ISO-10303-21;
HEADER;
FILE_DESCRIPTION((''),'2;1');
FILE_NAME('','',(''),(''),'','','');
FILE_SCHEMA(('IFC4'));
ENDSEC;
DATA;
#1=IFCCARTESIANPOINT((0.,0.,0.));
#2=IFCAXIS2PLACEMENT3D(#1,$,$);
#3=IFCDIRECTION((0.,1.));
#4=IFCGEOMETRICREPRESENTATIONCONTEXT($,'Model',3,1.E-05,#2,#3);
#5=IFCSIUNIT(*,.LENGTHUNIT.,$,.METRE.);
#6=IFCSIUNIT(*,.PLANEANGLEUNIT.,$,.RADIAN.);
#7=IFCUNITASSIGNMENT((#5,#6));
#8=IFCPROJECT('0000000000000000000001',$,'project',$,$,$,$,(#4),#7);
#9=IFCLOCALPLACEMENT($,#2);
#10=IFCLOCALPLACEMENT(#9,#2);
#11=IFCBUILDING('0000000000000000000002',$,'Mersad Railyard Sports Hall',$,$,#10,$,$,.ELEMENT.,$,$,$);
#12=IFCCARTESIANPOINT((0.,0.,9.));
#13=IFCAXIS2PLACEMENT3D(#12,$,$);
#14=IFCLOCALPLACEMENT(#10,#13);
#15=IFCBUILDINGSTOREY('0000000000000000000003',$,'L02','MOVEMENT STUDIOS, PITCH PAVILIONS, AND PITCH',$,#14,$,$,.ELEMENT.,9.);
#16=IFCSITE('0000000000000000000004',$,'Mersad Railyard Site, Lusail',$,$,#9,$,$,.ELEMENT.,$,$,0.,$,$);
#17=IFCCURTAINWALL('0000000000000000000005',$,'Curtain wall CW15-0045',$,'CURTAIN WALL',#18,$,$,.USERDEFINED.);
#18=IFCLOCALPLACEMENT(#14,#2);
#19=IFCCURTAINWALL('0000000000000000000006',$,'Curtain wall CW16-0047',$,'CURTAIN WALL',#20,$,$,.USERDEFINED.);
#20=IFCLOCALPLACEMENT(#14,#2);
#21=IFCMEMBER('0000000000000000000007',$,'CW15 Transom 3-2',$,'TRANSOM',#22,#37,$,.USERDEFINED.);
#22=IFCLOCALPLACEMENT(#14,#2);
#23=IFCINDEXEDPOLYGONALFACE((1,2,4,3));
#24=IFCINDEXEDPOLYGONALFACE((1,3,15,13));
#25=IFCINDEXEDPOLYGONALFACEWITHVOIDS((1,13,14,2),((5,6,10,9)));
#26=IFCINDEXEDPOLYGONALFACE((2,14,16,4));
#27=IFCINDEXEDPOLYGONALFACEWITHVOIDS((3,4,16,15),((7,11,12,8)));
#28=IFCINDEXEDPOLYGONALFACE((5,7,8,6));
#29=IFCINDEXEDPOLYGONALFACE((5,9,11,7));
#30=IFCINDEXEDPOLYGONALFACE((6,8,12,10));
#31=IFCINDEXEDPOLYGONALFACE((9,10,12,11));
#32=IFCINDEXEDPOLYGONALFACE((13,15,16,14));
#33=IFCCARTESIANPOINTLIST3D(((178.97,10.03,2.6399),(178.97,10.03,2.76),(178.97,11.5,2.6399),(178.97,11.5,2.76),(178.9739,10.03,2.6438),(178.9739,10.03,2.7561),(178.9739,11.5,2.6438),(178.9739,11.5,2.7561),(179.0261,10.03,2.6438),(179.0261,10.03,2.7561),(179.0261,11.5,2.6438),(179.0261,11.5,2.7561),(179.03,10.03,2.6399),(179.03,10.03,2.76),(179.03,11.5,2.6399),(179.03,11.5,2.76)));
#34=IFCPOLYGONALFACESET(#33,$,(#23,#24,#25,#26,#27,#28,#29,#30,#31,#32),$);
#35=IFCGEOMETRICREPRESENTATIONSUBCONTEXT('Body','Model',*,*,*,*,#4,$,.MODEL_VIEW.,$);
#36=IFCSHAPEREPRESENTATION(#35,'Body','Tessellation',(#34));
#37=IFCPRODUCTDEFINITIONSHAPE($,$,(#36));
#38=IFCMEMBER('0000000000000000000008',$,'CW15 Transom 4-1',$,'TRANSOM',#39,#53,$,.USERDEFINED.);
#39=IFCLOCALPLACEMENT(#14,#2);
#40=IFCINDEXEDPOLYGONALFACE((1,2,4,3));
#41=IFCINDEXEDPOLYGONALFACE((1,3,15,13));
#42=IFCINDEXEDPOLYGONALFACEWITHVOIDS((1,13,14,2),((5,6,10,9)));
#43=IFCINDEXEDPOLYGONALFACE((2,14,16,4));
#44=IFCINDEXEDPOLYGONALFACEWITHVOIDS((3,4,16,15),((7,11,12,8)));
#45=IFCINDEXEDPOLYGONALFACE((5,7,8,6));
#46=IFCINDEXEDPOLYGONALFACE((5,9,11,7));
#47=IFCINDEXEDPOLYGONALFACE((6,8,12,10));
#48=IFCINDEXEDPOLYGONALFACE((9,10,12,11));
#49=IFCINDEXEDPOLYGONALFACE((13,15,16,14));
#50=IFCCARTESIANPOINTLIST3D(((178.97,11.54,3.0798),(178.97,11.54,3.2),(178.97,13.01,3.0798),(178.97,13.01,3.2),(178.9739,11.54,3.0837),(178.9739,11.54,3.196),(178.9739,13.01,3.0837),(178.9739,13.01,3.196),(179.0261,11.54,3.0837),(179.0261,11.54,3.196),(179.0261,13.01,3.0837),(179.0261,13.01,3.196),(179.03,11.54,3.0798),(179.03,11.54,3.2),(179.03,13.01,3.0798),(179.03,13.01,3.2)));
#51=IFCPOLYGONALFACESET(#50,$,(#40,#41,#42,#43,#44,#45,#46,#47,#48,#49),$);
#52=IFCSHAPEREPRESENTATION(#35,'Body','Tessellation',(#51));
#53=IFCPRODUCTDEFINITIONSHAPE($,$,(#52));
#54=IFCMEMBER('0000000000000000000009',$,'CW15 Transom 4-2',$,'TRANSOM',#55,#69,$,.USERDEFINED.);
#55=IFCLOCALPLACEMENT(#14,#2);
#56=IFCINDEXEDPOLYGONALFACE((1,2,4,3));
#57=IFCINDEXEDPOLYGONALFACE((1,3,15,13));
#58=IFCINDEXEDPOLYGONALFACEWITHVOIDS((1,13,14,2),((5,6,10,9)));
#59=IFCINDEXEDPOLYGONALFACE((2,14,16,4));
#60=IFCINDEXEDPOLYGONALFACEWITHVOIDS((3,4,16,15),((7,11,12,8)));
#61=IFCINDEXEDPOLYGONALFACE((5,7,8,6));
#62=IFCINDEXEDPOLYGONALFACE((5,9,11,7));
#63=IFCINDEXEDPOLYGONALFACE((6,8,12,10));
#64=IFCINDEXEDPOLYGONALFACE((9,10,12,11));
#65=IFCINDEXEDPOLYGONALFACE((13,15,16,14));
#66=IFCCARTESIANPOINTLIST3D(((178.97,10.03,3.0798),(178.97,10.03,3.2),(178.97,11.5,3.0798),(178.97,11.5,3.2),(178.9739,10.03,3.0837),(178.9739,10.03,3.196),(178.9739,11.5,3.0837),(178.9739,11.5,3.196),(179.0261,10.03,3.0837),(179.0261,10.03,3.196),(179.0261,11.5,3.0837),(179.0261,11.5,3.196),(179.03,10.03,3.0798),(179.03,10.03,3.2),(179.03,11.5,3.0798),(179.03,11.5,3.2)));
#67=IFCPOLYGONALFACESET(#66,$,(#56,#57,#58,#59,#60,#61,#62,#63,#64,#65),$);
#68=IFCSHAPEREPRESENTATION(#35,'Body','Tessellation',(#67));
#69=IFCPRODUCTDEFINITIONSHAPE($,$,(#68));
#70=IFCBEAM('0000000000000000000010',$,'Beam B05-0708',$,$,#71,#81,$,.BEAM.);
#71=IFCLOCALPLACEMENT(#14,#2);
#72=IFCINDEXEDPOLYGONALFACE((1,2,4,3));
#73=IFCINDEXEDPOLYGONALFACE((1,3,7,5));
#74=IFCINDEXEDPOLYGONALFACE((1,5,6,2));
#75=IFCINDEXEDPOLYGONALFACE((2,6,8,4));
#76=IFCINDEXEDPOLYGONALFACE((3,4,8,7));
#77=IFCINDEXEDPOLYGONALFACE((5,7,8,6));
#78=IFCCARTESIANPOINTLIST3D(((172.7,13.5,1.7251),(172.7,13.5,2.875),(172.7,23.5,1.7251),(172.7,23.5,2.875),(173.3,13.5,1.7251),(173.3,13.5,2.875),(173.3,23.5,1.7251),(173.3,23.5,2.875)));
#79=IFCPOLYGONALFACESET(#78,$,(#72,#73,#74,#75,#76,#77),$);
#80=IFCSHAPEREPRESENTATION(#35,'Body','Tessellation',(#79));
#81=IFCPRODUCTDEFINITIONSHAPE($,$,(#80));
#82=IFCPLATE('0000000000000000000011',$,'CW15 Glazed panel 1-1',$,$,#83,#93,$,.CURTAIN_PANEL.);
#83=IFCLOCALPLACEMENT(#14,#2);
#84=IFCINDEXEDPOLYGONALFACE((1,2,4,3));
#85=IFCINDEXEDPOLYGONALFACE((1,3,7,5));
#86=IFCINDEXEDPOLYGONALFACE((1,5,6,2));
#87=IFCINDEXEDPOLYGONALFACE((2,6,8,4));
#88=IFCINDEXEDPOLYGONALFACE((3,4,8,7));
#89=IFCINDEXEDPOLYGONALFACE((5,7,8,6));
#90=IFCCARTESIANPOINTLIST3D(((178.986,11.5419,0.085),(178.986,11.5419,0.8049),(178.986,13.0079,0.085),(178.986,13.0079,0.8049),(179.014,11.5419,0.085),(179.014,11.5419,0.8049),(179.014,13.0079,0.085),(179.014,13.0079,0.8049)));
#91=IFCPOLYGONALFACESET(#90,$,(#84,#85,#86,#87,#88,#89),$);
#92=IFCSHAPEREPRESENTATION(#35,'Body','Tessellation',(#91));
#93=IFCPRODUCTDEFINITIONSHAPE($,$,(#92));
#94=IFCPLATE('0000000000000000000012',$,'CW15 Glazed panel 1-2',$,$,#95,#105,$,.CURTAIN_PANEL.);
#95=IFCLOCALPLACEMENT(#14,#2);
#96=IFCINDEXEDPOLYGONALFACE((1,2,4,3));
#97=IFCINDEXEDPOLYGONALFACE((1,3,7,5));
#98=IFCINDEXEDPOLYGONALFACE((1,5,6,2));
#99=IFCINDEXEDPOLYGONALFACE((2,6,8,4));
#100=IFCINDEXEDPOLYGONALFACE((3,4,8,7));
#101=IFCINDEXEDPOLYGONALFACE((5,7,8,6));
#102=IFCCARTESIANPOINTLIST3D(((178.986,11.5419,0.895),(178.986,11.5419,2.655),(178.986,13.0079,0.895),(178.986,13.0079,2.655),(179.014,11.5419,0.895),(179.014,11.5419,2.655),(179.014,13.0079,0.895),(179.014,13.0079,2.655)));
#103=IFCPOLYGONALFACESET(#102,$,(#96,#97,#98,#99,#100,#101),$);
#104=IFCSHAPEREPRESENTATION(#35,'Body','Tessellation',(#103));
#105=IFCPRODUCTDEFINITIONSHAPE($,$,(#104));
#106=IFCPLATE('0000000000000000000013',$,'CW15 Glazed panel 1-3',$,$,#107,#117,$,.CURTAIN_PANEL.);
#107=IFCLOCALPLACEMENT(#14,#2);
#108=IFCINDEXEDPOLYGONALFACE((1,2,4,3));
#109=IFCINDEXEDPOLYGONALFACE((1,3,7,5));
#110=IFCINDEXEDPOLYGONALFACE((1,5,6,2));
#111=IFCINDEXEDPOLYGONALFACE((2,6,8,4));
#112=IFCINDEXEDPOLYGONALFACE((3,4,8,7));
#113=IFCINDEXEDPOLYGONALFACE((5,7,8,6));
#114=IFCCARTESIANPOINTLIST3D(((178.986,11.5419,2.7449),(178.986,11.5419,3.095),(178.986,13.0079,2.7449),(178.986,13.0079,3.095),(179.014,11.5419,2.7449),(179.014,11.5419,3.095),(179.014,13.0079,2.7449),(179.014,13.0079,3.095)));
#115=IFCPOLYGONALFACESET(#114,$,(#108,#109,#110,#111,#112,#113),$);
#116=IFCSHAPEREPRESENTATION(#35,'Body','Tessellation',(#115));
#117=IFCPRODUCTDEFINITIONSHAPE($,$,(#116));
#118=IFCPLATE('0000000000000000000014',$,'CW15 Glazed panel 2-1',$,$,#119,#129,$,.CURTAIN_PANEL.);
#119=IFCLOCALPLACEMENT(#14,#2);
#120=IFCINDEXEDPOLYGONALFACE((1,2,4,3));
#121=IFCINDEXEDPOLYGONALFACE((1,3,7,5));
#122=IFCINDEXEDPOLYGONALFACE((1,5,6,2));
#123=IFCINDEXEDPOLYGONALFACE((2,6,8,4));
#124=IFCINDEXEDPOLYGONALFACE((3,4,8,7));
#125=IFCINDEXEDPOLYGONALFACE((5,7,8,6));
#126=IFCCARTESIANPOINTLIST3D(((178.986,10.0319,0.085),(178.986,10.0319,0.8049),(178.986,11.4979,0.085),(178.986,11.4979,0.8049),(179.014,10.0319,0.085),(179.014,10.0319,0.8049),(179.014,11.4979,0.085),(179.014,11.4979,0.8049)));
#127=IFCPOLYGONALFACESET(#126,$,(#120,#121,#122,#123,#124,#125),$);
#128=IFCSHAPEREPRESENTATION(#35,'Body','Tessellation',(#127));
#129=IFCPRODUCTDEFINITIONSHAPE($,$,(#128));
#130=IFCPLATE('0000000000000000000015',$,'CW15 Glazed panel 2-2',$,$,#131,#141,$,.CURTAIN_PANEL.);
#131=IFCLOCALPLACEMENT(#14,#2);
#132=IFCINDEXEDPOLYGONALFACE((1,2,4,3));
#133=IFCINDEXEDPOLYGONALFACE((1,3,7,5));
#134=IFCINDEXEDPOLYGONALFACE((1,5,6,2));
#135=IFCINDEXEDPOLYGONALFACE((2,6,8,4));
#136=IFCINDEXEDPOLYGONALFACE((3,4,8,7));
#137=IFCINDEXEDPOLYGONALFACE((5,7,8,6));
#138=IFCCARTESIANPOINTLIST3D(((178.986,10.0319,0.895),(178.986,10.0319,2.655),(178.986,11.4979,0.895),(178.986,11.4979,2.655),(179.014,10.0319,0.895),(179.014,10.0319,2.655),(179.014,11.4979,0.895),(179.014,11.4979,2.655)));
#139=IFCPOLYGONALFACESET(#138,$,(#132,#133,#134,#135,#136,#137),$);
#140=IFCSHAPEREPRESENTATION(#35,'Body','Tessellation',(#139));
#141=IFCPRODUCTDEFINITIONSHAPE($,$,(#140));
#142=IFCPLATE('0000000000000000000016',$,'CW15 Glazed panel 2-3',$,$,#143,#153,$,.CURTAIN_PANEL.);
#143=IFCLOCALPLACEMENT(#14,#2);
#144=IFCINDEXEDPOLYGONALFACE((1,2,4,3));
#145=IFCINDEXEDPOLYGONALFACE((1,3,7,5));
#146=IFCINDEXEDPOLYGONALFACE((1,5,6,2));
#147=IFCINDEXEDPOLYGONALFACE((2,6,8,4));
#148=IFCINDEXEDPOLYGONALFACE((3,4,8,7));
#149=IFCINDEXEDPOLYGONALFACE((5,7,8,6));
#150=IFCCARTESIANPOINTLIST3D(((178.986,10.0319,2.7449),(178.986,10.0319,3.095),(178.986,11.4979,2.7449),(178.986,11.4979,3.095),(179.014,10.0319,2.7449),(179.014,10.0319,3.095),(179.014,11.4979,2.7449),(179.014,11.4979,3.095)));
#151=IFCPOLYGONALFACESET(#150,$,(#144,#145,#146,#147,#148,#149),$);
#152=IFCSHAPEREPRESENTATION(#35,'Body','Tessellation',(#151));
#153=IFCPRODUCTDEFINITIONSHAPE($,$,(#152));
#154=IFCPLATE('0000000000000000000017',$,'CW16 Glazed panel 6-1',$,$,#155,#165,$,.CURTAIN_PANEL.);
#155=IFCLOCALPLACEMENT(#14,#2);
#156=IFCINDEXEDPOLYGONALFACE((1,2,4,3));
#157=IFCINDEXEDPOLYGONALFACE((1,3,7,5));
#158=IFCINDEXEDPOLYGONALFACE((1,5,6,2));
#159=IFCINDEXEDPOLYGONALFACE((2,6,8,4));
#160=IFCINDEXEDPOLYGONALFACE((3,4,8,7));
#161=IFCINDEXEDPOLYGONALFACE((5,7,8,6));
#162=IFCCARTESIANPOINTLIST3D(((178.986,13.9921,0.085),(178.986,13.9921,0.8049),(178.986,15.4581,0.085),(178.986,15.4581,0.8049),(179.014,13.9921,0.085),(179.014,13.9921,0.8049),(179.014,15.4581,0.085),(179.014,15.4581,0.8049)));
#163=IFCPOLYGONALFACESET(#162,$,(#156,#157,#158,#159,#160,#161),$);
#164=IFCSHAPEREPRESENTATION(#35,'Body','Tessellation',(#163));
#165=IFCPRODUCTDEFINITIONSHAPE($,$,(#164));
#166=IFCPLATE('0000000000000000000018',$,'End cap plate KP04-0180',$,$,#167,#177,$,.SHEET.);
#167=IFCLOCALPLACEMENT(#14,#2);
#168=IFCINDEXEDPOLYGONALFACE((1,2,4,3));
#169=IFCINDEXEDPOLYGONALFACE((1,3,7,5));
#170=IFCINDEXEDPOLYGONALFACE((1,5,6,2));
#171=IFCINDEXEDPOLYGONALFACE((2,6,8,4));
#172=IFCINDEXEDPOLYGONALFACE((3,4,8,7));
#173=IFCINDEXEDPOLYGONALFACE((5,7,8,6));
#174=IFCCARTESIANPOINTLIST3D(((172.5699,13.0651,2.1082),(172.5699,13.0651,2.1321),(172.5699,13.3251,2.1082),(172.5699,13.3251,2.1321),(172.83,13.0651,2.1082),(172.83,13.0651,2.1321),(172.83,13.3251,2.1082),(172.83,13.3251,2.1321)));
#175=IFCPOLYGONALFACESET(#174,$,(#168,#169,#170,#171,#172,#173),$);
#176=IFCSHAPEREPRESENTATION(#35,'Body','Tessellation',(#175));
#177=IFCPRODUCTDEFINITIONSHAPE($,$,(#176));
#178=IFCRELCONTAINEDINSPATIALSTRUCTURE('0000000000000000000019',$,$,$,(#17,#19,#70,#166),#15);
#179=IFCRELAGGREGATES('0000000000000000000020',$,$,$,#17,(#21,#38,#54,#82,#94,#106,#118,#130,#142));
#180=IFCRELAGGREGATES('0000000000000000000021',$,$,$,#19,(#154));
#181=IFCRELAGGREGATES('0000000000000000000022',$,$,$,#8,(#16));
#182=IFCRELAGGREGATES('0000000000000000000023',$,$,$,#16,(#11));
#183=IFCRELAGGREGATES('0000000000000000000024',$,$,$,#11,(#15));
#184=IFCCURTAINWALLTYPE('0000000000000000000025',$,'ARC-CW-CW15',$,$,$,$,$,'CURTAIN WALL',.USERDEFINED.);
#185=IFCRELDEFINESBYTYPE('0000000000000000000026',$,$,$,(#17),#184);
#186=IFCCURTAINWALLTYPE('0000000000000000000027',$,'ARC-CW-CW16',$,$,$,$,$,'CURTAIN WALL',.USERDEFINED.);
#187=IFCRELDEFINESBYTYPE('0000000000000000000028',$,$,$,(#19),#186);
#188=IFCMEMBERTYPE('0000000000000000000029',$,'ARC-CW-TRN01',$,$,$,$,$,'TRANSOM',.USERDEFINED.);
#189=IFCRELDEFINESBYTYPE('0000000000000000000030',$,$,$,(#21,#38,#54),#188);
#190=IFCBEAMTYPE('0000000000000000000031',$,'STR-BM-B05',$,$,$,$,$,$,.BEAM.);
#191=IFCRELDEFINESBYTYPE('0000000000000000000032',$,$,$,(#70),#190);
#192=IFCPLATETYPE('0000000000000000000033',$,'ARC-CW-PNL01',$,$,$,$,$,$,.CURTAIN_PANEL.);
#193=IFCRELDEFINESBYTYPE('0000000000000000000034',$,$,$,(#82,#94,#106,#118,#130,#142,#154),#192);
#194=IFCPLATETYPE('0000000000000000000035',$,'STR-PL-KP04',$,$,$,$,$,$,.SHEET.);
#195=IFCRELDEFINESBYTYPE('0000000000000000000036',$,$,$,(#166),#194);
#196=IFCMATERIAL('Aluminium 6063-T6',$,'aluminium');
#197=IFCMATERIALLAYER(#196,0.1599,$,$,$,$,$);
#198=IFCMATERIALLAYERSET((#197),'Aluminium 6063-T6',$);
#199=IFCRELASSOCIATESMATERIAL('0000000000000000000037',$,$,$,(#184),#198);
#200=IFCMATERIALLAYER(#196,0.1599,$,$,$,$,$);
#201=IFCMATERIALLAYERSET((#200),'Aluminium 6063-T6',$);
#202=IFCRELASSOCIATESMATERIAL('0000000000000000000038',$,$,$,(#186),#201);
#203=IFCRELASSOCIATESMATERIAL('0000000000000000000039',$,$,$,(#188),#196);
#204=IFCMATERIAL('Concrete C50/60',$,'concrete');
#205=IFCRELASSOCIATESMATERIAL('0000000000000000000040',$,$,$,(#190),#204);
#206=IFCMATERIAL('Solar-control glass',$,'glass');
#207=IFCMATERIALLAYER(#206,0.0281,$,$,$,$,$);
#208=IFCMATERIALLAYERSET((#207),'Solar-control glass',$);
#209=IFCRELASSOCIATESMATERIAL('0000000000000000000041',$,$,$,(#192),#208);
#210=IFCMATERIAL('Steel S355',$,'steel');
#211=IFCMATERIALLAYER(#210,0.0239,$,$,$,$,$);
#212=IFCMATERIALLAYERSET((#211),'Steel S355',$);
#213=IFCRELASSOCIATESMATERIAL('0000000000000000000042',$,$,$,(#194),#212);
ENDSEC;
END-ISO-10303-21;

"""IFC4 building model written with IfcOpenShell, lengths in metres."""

from ifc_helpers import new_model, si_unit, direction, frame, origin, origin_2d, place, context, subcontext, project, spatial, rectangle, hollow_rectangle, extrude, material, layer, layer_set, material_profile, profile_set, type_object, element, aggregate, save


model = new_model("IFC4")

# Units and contexts
model_context = context("Model", 3, precision=1e-05, world=origin(), true_north=direction((0.0, 1.0)))
body_context = subcontext(model_context, "Body", "Model", "MODEL_VIEW")
ifc_project = project(units=[si_unit("LENGTHUNIT", "METRE"), si_unit("PLANEANGLEUNIT", "RADIAN")], contexts=[model_context])

# Site, building, storey
site_placement = place(None, origin())
site = spatial("IfcSite", under=ifc_project, at=site_placement, Name="Mersad Railyard Site, Lusail", CompositionType="ELEMENT", RefElevation=0.0)
building_placement = place(site_placement, origin())
building = spatial("IfcBuilding", under=site, at=building_placement, Name="Mersad Railyard Sports Hall", CompositionType="ELEMENT")
storey_placement = place(building_placement, frame((0.0, 0.0, 9.0)))
storey = spatial("IfcBuildingStorey", under=building, at=storey_placement, Name="L02", Description="MOVEMENT STUDIOS, PITCH PAVILIONS, AND PITCH", CompositionType="ELEMENT", Elevation=9.0)

# Shared definitions
ifc_material_1 = material(Name="Concrete C50/60", Category="concrete")

# Curtain wall
ifc_material_2 = material(Name="Aluminium 6063-T6", Category="aluminium")
ifc_layer_1 = layer(ifc_material_2, 0.1599)
ifc_layer_set_1 = layer_set([ifc_layer_1], Name="Aluminium 6063-T6")
curtain_wall_type_1 = type_object("IfcCurtainWallType", Name="ARC-CW-CW15", ElementType="CURTAIN WALL", PredefinedType="USERDEFINED", material=ifc_layer_set_1)
curtain_wall_1_placement = place(storey_placement, origin())
curtain_wall_1 = element("IfcCurtainWall", 1, at=curtain_wall_1_placement, inside=storey, type_object=curtain_wall_type_1, Name="Curtain wall CW15-0045", ObjectType="CURTAIN WALL", PredefinedType="USERDEFINED")

# Curtain wall
ifc_layer_2 = layer(ifc_material_2, 0.1599)
ifc_layer_set_2 = layer_set([ifc_layer_2], Name="Aluminium 6063-T6")
curtain_wall_type_2 = type_object("IfcCurtainWallType", Name="ARC-CW-CW16", ElementType="CURTAIN WALL", PredefinedType="USERDEFINED", material=ifc_layer_set_2)
curtain_wall_2_placement = place(storey_placement, origin())
curtain_wall_2 = element("IfcCurtainWall", 2, at=curtain_wall_2_placement, inside=storey, type_object=curtain_wall_type_2, Name="Curtain wall CW16-0047", ObjectType="CURTAIN WALL", PredefinedType="USERDEFINED")

# Members
ifc_material_profile_1 = material_profile(ifc_material_2, hollow_rectangle(XDim=0.0601, YDim=0.1201, WallThickness=0.0039, at=origin_2d()), Name="AL TRANSOM 60x120x4")
ifc_profile_set_1 = profile_set([ifc_material_profile_1], Name="Aluminium 6063-T6")
member_type_1 = type_object("IfcMemberType", Name="ARC-CW-TRN01", ElementType="TRANSOM", PredefinedType="USERDEFINED", material=ifc_profile_set_1)
member_1_placement = place(storey_placement, frame((179.0, 11.5, 2.7), z_axis=(0.0, -1.0, 0.0), x_axis=(1.0, 0.0, 0.0)))
member_1 = element("IfcMember", 3, at=member_1_placement, type_object=member_type_1, Name="CW15 Transom 3-2", ObjectType="TRANSOM", PredefinedType="USERDEFINED", context=body_context, shape_type="SweptSolid", body=[
    extrude(hollow_rectangle(XDim=0.0601, YDim=0.1201, WallThickness=0.0039, at=origin_2d()), origin(), (0.0, 0.0, 1.0), 1.47),
])
member_2_placement = place(storey_placement, frame((179.0, 13.01, 3.1399), z_axis=(0.0, -1.0, 0.0), x_axis=(1.0, 0.0, 0.0)))
member_2 = element("IfcMember", 4, at=member_2_placement, type_object=member_type_1, Name="CW15 Transom 4-1", ObjectType="TRANSOM", PredefinedType="USERDEFINED", context=body_context, shape_type="SweptSolid", body=[
    extrude(hollow_rectangle(XDim=0.0601, YDim=0.1201, WallThickness=0.0039, at=origin_2d()), origin(), (0.0, 0.0, 1.0), 1.47),
])
member_3_placement = place(storey_placement, frame((179.0, 11.5, 3.1399), z_axis=(0.0, -1.0, 0.0), x_axis=(1.0, 0.0, 0.0)))
member_3 = element("IfcMember", 5, at=member_3_placement, type_object=member_type_1, Name="CW15 Transom 4-2", ObjectType="TRANSOM", PredefinedType="USERDEFINED", context=body_context, shape_type="SweptSolid", body=[
    extrude(hollow_rectangle(XDim=0.0601, YDim=0.1201, WallThickness=0.0039, at=origin_2d()), origin(), (0.0, 0.0, 1.0), 1.47),
])

# Beam
ifc_material_profile_2 = material_profile(ifc_material_1, rectangle(XDim=0.6001, YDim=1.1499, at=origin_2d()), Name="RC 600x1150")
ifc_profile_set_2 = profile_set([ifc_material_profile_2], Name="Concrete C50/60")
beam_type = type_object("IfcBeamType", Name="STR-BM-B05", PredefinedType="BEAM", material=ifc_profile_set_2)
beam_placement = place(storey_placement, frame((173.0, 13.5, 2.3), z_axis=(0.0, 1.0, 0.0), x_axis=(-1.0, 0.0, 0.0)))
element("IfcBeam", 6, at=beam_placement, inside=storey, type_object=beam_type, Name="Beam B05-0708", PredefinedType="BEAM", context=body_context, shape_type="SweptSolid", body=[
    extrude(rectangle(XDim=0.6001, YDim=1.1499, at=origin_2d()), origin(), (0.0, 0.0, 1.0), 10.0),
])

# Plates
ifc_material_3 = material(Name="Solar-control glass", Category="glass")
ifc_layer_3 = layer(ifc_material_3, 0.0281)
ifc_layer_set_3 = layer_set([ifc_layer_3], Name="Solar-control glass")
plate_type_1 = type_object("IfcPlateType", Name="ARC-CW-PNL01", PredefinedType="CURTAIN_PANEL", material=ifc_layer_set_3)
plate_1_placement = place(storey_placement, frame((179.0, 12.2749, 0.085), z_axis=(0.0, 0.0, 1.0), x_axis=(0.0, -1.0, 0.0)))
plate_1 = element("IfcPlate", 7, at=plate_1_placement, type_object=plate_type_1, Name="CW15 Glazed panel 1-1", PredefinedType="CURTAIN_PANEL", context=body_context, shape_type="SweptSolid", body=[
    extrude(rectangle(XDim=1.4661, YDim=0.0281, at=origin_2d()), origin(), (0.0, 0.0, 1.0), 0.72),
])
plate_2_placement = place(storey_placement, frame((179.0, 12.2749, 0.895), z_axis=(0.0, 0.0, 1.0), x_axis=(0.0, -1.0, 0.0)))
plate_2 = element("IfcPlate", 8, at=plate_2_placement, type_object=plate_type_1, Name="CW15 Glazed panel 1-2", PredefinedType="CURTAIN_PANEL", context=body_context, shape_type="SweptSolid", body=[
    extrude(rectangle(XDim=1.4661, YDim=0.0281, at=origin_2d()), origin(), (0.0, 0.0, 1.0), 1.76),
])
plate_3_placement = place(storey_placement, frame((179.0, 12.2749, 2.7449), z_axis=(0.0, 0.0, 1.0), x_axis=(0.0, -1.0, 0.0)))
plate_3 = element("IfcPlate", 9, at=plate_3_placement, type_object=plate_type_1, Name="CW15 Glazed panel 1-3", PredefinedType="CURTAIN_PANEL", context=body_context, shape_type="SweptSolid", body=[
    extrude(rectangle(XDim=1.4661, YDim=0.0281, at=origin_2d()), origin(), (0.0, 0.0, 1.0), 0.3501),
])
plate_4_placement = place(storey_placement, frame((179.0, 10.7649, 0.085), z_axis=(0.0, 0.0, 1.0), x_axis=(0.0, -1.0, 0.0)))
plate_4 = element("IfcPlate", 10, at=plate_4_placement, type_object=plate_type_1, Name="CW15 Glazed panel 2-1", PredefinedType="CURTAIN_PANEL", context=body_context, shape_type="SweptSolid", body=[
    extrude(rectangle(XDim=1.4661, YDim=0.0281, at=origin_2d()), origin(), (0.0, 0.0, 1.0), 0.72),
])
plate_5_placement = place(storey_placement, frame((179.0, 10.7649, 0.895), z_axis=(0.0, 0.0, 1.0), x_axis=(0.0, -1.0, 0.0)))
plate_5 = element("IfcPlate", 11, at=plate_5_placement, type_object=plate_type_1, Name="CW15 Glazed panel 2-2", PredefinedType="CURTAIN_PANEL", context=body_context, shape_type="SweptSolid", body=[
    extrude(rectangle(XDim=1.4661, YDim=0.0281, at=origin_2d()), origin(), (0.0, 0.0, 1.0), 1.76),
])
plate_6_placement = place(storey_placement, frame((179.0, 10.7649, 2.7449), z_axis=(0.0, 0.0, 1.0), x_axis=(0.0, -1.0, 0.0)))
plate_6 = element("IfcPlate", 12, at=plate_6_placement, type_object=plate_type_1, Name="CW15 Glazed panel 2-3", PredefinedType="CURTAIN_PANEL", context=body_context, shape_type="SweptSolid", body=[
    extrude(rectangle(XDim=1.4661, YDim=0.0281, at=origin_2d()), origin(), (0.0, 0.0, 1.0), 0.3501),
])
aggregate(curtain_wall_1, [member_1, member_2, member_3, plate_1, plate_2, plate_3, plate_4, plate_5, plate_6])
plate_7_placement = place(storey_placement, frame((179.0, 14.7251, 0.085), z_axis=(0.0, 0.0, 1.0), x_axis=(0.0, -1.0, 0.0)))
plate_7 = element("IfcPlate", 13, at=plate_7_placement, type_object=plate_type_1, Name="CW16 Glazed panel 6-1", PredefinedType="CURTAIN_PANEL", context=body_context, shape_type="SweptSolid", body=[
    extrude(rectangle(XDim=1.4661, YDim=0.0281, at=origin_2d()), origin(), (0.0, 0.0, 1.0), 0.72),
])
aggregate(curtain_wall_2, [plate_7])
ifc_material_4 = material(Name="Steel S355", Category="steel")
ifc_layer_4 = layer(ifc_material_4, 0.0239)
ifc_layer_set_4 = layer_set([ifc_layer_4], Name="Steel S355")
plate_type_2 = type_object("IfcPlateType", Name="STR-PL-KP04", PredefinedType="SHEET", material=ifc_layer_set_4)
plate_8_placement = place(storey_placement, frame((172.7, 13.1951, 2.1082), z_axis=(0.0, 0.0, 1.0), x_axis=(1.0, 0.0, 0.0)))
element("IfcPlate", 14, at=plate_8_placement, inside=storey, type_object=plate_type_2, Name="End cap plate KP04-0180", PredefinedType="SHEET", context=body_context, shape_type="SweptSolid", body=[
    extrude(rectangle(XDim=0.26, YDim=0.26, at=origin_2d()), origin(), (0.0, 0.0, 1.0), 0.0239),
])

save(model, "model.ifc")
